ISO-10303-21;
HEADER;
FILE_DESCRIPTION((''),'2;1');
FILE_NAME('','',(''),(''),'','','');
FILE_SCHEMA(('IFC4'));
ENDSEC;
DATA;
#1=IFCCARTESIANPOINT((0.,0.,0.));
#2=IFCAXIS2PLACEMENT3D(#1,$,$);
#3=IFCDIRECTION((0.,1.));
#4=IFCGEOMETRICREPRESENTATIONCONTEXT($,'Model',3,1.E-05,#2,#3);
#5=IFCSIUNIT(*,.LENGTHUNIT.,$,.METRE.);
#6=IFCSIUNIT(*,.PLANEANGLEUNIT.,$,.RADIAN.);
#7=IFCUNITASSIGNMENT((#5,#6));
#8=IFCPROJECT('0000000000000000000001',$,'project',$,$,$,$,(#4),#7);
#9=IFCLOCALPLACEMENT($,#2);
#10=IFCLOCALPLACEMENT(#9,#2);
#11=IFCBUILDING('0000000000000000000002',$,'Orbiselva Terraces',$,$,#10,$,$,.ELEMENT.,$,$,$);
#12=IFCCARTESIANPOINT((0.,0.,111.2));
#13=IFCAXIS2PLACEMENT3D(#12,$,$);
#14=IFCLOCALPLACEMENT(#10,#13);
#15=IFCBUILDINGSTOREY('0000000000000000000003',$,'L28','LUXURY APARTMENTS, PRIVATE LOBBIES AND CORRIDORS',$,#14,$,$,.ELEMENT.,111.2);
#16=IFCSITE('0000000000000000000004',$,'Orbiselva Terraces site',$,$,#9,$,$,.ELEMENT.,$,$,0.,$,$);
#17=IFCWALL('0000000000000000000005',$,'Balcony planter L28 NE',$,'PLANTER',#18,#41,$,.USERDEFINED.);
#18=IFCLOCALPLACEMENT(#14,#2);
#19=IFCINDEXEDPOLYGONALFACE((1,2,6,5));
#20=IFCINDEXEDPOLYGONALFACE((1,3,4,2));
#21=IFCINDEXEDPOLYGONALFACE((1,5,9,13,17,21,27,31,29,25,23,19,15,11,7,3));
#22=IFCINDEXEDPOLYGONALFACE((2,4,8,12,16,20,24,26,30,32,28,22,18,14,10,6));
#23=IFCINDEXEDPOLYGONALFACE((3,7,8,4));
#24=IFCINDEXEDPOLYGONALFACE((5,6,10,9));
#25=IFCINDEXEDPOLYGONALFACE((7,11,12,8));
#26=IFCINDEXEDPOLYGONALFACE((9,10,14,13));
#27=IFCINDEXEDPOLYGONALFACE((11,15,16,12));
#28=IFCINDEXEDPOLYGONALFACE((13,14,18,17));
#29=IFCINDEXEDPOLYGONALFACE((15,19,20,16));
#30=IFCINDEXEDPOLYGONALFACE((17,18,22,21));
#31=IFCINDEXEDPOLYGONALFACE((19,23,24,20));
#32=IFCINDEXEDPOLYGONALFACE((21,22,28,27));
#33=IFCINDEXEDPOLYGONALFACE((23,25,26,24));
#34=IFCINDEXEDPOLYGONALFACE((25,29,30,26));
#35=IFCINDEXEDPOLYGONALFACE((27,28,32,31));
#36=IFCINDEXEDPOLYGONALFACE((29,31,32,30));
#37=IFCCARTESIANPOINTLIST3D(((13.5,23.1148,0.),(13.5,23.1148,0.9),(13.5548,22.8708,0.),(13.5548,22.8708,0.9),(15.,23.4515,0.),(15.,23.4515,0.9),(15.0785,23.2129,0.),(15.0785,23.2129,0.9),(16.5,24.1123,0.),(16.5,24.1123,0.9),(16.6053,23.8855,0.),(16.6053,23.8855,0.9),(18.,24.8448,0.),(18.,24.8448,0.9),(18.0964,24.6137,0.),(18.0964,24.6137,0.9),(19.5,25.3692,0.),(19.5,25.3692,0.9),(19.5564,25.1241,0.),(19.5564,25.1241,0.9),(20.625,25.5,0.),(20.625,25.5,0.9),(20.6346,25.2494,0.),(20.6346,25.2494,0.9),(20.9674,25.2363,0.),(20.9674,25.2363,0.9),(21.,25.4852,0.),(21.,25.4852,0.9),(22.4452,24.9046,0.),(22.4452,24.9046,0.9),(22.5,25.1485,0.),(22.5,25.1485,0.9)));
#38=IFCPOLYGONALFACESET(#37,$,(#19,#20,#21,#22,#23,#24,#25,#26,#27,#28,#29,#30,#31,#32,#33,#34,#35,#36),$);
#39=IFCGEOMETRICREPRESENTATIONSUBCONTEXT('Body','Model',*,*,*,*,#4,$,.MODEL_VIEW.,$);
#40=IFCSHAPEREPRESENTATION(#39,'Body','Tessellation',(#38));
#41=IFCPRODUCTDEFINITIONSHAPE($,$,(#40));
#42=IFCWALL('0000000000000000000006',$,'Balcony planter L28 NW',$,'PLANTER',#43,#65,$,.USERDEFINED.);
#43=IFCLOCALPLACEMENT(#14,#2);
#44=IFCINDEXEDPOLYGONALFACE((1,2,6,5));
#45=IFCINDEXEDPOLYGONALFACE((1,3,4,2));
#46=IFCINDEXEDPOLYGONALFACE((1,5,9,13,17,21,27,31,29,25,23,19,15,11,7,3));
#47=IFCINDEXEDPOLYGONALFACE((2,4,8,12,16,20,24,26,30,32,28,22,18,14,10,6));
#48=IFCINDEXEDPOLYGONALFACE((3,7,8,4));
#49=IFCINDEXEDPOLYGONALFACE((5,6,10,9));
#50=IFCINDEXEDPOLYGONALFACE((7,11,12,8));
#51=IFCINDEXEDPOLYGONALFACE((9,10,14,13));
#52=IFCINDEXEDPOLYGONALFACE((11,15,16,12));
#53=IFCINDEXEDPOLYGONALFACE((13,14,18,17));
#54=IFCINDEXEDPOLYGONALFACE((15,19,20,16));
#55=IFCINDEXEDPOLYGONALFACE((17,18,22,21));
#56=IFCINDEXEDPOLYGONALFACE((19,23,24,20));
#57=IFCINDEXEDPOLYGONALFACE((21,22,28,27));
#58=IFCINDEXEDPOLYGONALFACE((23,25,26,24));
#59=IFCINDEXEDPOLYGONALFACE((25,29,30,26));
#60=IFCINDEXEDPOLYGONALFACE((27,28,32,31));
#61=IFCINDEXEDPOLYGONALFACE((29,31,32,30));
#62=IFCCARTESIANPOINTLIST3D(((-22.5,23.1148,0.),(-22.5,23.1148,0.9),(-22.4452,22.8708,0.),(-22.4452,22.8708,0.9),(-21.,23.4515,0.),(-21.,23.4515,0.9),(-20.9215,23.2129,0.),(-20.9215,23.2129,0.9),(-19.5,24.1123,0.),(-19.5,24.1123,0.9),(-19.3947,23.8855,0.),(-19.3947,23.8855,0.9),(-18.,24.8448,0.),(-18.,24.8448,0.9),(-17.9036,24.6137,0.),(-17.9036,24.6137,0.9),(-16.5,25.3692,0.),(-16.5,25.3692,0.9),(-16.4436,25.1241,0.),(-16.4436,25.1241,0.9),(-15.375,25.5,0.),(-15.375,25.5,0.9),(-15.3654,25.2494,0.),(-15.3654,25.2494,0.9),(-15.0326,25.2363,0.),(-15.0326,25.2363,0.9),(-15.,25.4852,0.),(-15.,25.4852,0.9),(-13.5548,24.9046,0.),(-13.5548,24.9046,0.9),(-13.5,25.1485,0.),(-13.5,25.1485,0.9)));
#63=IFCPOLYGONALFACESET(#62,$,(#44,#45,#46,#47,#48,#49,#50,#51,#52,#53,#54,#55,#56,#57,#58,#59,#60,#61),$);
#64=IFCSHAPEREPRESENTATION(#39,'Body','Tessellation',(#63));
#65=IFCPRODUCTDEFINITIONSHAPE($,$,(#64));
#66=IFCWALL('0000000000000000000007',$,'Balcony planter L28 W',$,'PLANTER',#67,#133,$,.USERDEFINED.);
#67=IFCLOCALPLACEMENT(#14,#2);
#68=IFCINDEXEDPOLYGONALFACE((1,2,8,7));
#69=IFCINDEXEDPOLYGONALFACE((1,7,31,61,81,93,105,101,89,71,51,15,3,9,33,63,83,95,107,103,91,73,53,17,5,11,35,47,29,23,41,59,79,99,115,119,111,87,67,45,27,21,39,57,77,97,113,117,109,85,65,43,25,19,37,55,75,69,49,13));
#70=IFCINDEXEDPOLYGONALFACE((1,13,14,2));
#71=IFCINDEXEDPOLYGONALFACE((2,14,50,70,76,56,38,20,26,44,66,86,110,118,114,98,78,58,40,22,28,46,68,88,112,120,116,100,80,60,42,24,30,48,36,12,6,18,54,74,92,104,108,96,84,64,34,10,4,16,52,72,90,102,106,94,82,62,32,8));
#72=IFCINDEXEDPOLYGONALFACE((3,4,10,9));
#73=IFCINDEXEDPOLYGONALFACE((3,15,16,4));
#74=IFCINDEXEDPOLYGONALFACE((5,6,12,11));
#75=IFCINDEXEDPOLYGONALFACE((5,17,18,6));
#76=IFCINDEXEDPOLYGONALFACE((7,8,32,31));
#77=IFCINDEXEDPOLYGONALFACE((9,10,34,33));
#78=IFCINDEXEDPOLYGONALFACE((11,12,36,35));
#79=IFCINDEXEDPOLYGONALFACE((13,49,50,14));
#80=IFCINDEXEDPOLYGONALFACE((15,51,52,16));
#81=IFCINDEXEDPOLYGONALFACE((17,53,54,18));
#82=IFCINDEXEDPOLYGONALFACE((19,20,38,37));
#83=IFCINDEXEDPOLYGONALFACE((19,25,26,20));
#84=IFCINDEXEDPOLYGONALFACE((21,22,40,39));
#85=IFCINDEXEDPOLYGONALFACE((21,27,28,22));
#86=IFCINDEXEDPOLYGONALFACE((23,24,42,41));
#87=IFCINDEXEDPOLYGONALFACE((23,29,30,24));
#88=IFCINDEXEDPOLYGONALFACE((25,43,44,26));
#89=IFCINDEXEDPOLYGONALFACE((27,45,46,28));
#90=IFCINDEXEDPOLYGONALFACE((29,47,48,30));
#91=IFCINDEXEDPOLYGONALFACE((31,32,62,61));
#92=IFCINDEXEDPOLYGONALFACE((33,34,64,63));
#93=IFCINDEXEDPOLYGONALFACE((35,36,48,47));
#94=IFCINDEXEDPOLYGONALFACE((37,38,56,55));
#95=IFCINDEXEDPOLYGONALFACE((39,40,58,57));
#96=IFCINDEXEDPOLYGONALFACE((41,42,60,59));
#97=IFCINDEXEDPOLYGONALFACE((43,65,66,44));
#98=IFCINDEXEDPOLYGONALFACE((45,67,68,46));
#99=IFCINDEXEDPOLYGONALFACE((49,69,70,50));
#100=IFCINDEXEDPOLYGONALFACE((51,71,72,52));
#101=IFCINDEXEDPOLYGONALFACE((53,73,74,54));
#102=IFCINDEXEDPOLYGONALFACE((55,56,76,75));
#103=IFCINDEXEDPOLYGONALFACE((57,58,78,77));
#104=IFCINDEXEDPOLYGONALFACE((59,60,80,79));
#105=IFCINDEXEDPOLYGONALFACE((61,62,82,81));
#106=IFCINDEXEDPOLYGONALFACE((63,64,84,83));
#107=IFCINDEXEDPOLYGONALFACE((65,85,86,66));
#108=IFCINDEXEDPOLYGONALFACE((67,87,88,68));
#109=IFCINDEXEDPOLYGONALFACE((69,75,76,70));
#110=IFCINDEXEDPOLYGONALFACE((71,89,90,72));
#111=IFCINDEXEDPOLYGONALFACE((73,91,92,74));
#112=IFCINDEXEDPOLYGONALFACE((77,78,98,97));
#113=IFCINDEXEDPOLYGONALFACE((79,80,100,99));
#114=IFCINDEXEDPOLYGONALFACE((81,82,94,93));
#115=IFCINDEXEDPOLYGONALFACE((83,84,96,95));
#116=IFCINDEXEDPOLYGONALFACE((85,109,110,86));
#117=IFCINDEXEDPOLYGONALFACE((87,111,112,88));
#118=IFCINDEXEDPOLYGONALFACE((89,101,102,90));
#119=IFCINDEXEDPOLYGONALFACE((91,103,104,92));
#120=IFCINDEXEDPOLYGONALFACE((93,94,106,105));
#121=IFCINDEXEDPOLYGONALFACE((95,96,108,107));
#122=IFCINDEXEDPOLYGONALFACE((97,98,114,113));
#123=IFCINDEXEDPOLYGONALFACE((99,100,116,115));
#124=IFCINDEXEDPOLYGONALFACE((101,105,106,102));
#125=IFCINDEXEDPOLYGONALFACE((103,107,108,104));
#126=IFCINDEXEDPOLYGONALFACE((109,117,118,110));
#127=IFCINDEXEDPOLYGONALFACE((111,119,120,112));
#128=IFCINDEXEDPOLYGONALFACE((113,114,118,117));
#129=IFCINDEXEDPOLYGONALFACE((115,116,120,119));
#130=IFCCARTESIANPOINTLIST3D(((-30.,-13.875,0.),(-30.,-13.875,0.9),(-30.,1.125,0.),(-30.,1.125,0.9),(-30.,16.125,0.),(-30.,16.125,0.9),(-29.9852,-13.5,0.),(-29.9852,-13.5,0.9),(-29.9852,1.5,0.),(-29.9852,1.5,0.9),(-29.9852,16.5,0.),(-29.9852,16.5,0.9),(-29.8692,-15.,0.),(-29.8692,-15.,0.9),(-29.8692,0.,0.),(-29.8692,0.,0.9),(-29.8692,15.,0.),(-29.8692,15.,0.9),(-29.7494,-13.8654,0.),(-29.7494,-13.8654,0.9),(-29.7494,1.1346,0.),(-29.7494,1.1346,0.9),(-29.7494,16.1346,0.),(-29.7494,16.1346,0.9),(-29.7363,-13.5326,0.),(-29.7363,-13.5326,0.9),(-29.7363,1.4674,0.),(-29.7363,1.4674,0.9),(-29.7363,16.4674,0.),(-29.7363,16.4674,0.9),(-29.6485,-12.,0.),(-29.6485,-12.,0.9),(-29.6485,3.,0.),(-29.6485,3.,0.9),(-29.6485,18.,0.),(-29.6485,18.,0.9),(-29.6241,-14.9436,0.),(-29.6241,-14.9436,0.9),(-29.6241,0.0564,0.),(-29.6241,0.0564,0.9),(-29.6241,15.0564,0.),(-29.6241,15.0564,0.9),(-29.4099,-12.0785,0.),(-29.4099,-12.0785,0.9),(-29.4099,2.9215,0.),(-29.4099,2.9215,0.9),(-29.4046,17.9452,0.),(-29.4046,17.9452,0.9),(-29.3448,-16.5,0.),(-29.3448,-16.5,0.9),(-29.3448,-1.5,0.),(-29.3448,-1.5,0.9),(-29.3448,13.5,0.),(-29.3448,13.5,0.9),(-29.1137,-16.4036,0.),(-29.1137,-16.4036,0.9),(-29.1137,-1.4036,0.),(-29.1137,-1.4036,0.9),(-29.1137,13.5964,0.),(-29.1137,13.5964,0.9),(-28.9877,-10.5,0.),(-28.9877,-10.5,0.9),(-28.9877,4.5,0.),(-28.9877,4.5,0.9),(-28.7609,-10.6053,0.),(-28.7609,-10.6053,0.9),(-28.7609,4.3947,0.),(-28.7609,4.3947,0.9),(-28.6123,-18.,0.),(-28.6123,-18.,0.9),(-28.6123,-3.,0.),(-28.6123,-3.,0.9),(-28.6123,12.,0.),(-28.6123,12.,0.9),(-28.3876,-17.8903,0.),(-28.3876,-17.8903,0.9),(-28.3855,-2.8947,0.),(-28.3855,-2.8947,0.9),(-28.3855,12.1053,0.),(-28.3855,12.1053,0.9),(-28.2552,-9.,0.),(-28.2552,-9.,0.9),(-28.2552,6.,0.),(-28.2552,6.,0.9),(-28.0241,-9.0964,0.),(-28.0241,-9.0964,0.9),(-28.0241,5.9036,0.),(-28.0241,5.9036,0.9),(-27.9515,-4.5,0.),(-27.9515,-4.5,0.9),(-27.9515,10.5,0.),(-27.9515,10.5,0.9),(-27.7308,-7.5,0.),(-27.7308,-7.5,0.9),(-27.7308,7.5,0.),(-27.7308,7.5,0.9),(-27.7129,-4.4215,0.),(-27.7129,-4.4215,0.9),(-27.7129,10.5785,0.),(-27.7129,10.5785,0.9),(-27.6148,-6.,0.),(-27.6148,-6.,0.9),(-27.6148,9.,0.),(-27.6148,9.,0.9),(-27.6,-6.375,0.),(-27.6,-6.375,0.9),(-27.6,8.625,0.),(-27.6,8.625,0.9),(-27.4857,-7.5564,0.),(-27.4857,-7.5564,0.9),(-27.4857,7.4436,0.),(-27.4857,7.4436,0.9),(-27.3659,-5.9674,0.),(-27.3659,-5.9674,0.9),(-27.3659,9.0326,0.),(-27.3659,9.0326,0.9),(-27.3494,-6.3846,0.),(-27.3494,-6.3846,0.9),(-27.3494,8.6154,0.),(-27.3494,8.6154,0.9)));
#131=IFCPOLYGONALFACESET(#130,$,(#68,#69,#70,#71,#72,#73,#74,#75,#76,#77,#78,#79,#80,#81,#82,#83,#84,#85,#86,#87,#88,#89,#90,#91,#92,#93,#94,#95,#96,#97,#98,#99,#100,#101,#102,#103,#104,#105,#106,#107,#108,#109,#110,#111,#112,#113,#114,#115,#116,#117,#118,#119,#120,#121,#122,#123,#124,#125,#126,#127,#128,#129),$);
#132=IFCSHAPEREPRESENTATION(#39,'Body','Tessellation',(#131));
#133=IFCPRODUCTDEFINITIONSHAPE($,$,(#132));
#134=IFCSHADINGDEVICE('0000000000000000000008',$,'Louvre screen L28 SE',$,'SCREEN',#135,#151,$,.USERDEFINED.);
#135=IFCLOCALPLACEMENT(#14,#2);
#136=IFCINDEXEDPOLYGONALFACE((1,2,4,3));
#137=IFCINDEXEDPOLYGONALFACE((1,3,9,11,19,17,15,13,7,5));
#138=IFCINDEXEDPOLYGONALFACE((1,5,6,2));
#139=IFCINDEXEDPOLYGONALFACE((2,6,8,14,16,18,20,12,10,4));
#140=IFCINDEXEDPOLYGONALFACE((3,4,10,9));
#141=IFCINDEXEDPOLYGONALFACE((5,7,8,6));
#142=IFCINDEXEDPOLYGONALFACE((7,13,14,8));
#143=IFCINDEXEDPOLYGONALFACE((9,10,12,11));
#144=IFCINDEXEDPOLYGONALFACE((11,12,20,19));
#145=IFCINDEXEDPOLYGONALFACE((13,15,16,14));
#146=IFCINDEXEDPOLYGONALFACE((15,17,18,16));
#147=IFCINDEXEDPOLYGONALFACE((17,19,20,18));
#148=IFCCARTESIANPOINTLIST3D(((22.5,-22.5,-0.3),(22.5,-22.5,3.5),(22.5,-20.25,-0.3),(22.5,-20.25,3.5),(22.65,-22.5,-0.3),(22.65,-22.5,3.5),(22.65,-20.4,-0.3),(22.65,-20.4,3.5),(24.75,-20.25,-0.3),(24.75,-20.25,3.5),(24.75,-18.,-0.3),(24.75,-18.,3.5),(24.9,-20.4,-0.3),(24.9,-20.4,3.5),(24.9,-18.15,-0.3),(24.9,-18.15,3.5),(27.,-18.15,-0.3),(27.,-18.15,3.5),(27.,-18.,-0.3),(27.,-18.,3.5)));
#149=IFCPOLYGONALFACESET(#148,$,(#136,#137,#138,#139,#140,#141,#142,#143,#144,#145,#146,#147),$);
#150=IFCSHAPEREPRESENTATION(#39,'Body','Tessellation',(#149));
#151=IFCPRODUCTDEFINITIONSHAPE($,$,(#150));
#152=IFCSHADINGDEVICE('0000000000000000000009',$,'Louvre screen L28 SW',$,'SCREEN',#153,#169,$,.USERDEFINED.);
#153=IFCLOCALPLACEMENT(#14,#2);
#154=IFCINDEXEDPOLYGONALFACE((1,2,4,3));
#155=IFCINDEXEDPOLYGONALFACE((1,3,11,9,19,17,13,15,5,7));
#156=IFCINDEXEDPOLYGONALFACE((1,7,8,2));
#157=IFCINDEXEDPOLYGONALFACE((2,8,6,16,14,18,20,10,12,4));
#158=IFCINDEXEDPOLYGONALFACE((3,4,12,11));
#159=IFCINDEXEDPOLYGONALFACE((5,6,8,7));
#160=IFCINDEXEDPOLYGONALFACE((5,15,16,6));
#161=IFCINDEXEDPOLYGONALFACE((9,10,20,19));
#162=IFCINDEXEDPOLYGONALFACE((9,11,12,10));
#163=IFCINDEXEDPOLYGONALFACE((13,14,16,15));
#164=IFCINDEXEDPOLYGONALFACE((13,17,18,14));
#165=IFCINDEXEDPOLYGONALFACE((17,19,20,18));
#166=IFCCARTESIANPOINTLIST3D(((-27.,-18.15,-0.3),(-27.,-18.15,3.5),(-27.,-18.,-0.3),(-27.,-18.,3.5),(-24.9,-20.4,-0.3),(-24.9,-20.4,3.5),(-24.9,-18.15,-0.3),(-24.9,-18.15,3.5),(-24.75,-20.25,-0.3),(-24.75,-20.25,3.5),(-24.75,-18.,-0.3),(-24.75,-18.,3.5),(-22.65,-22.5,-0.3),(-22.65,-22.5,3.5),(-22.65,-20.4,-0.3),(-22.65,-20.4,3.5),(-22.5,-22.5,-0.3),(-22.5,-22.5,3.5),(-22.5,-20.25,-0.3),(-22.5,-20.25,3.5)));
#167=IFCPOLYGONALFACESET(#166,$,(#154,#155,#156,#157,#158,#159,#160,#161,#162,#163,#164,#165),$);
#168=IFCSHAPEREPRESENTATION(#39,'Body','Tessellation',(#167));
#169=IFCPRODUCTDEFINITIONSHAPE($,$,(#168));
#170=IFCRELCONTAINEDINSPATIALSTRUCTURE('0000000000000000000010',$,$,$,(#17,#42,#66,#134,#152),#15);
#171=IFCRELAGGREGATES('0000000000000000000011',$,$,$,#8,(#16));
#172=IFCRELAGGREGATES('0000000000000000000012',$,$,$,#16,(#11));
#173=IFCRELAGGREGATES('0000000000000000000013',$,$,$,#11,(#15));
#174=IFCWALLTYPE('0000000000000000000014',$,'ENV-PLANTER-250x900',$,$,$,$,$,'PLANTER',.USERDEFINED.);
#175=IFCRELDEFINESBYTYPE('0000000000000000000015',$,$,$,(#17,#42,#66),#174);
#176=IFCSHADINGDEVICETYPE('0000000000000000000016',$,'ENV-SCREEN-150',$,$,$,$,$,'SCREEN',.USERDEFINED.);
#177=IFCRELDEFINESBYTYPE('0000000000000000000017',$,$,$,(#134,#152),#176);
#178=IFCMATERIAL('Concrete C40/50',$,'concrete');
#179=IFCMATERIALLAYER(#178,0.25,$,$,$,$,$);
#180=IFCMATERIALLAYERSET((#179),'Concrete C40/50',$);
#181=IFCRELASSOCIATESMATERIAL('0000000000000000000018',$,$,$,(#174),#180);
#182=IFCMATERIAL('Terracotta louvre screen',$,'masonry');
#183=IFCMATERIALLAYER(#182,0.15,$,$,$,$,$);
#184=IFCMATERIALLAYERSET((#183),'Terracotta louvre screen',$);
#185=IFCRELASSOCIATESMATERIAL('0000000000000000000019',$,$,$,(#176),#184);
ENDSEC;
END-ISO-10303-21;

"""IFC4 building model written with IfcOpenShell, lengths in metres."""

from ifc_helpers import new_model, si_unit, direction, frame, origin, place, context, subcontext, project, spatial, polyline, outline, extrude, material, layer, layer_set, type_object, element, save


model = new_model("IFC4")

# Units and contexts
model_context = context("Model", 3, precision=1e-05, world=origin(), true_north=direction((0.0, 1.0)))
body_context = subcontext(model_context, "Body", "Model", "MODEL_VIEW")
ifc_project = project(units=[si_unit("LENGTHUNIT", "METRE"), si_unit("PLANEANGLEUNIT", "RADIAN")], contexts=[model_context])

# Site, building, storey
site_placement = place(None, origin())
site = spatial("IfcSite", under=ifc_project, at=site_placement, Name="Orbiselva Terraces site", CompositionType="ELEMENT", RefElevation=0.0)
building_placement = place(site_placement, origin())
building = spatial("IfcBuilding", under=site, at=building_placement, Name="Orbiselva Terraces", CompositionType="ELEMENT")
storey_placement = place(building_placement, frame((0.0, 0.0, 111.2)))
storey = spatial("IfcBuildingStorey", under=building, at=storey_placement, Name="L28", Description="LUXURY APARTMENTS, PRIVATE LOBBIES AND CORRIDORS", CompositionType="ELEMENT", Elevation=111.2)

# Shared definitions
ifc_material_1 = material(Name="Concrete C40/50", Category="concrete")

# Walls
ifc_layer_1 = layer(ifc_material_1, 0.25)
ifc_layer_set_1 = layer_set([ifc_layer_1], Name="Concrete C40/50")
wall_type = type_object("IfcWallType", Name="ENV-PLANTER-250x900", ElementType="PLANTER", PredefinedType="USERDEFINED", material=ifc_layer_set_1)
wall_1_placement = place(storey_placement, origin())
element("IfcWall", 1, at=wall_1_placement, inside=storey, type_object=wall_type, Name="Balcony planter L28 NE", ObjectType="PLANTER", PredefinedType="USERDEFINED", context=body_context, shape_type="SweptSolid", body=[
    extrude(outline(polyline([(22.5, 25.1485), (21.0, 25.4852), (20.625, 25.5), (19.5, 25.3692), (18.0, 24.8448), (16.5, 24.1123), (15.0, 23.4515), (13.5, 23.1148), (13.5548, 22.8708), (15.0785, 23.2129), (16.6053, 23.8855), (18.0964, 24.6137), (19.5564, 25.1241), (20.6346, 25.2494), (20.9674, 25.2363), (22.4452, 24.9046), (22.5, 25.1485)])), origin(), (0.0, 0.0, 1.0), 0.9),
])
wall_2_placement = place(storey_placement, origin())
element("IfcWall", 2, at=wall_2_placement, inside=storey, type_object=wall_type, Name="Balcony planter L28 NW", ObjectType="PLANTER", PredefinedType="USERDEFINED", context=body_context, shape_type="SweptSolid", body=[
    extrude(outline(polyline([(-13.5, 25.1485), (-15.0, 25.4852), (-15.375, 25.5), (-16.5, 25.3692), (-18.0, 24.8448), (-19.5, 24.1123), (-21.0, 23.4515), (-22.5, 23.1148), (-22.4452, 22.8708), (-20.9215, 23.2129), (-19.3947, 23.8855), (-17.9036, 24.6137), (-16.4436, 25.1241), (-15.3654, 25.2494), (-15.0326, 25.2363), (-13.5548, 24.9046), (-13.5, 25.1485)])), origin(), (0.0, 0.0, 1.0), 0.9),
])
wall_3_placement = place(storey_placement, origin())
element("IfcWall", 3, at=wall_3_placement, inside=storey, type_object=wall_type, Name="Balcony planter L28 W", ObjectType="PLANTER", PredefinedType="USERDEFINED", context=body_context, shape_type="SweptSolid", body=[
    extrude(outline(polyline([(-29.6485, 18.0), (-29.9852, 16.5), (-30.0, 16.125), (-29.8692, 15.0), (-29.3448, 13.5), (-28.6123, 12.0), (-27.9515, 10.5), (-27.6148, 9.0), (-27.6, 8.625), (-27.7308, 7.5), (-28.2552, 6.0), (-28.9877, 4.5), (-29.6485, 3.0), (-29.9852, 1.5), (-30.0, 1.125), (-29.8692, 0.0), (-29.3448, -1.5), (-28.6123, -3.0), (-27.9515, -4.5), (-27.6148, -6.0), (-27.6, -6.375), (-27.7308, -7.5), (-28.2552, -9.0), (-28.9877, -10.5), (-29.6485, -12.0), (-29.9852, -13.5), (-30.0, -13.875), (-29.8692, -15.0), (-29.3448, -16.5), (-28.6123, -18.0), (-28.3876, -17.8903), (-29.1137, -16.4036), (-29.6241, -14.9436), (-29.7494, -13.8654), (-29.7363, -13.5326), (-29.4099, -12.0785), (-28.7609, -10.6053), (-28.0241, -9.0964), (-27.4857, -7.5564), (-27.3494, -6.3846), (-27.3659, -5.9674), (-27.7129, -4.4215), (-28.3855, -2.8947), (-29.1137, -1.4036), (-29.6241, 0.0564), (-29.7494, 1.1346), (-29.7363, 1.4674), (-29.4099, 2.9215), (-28.7609, 4.3947), (-28.0241, 5.9036), (-27.4857, 7.4436), (-27.3494, 8.6154), (-27.3659, 9.0326), (-27.7129, 10.5785), (-28.3855, 12.1053), (-29.1137, 13.5964), (-29.6241, 15.0564), (-29.7494, 16.1346), (-29.7363, 16.4674), (-29.4046, 17.9452), (-29.6485, 18.0)])), origin(), (0.0, 0.0, 1.0), 0.9),
])

# Shading devices
ifc_material_2 = material(Name="Terracotta louvre screen", Category="masonry")
ifc_layer_2 = layer(ifc_material_2, 0.15)
ifc_layer_set_2 = layer_set([ifc_layer_2], Name="Terracotta louvre screen")
shading_device_type = type_object("IfcShadingDeviceType", Name="ENV-SCREEN-150", ElementType="SCREEN", PredefinedType="USERDEFINED", material=ifc_layer_set_2)
shading_device_1_placement = place(storey_placement, frame((0.0, 0.0, -0.3)))
element("IfcShadingDevice", 4, at=shading_device_1_placement, inside=storey, type_object=shading_device_type, Name="Louvre screen L28 SE", ObjectType="SCREEN", PredefinedType="USERDEFINED", context=body_context, shape_type="SweptSolid", body=[
    extrude(outline(polyline([(22.65, -22.5), (22.65, -20.4), (24.9, -20.4), (24.9, -18.15), (27.0, -18.15), (27.0, -18.0), (24.75, -18.0), (24.75, -20.25), (22.5, -20.25), (22.5, -22.5), (22.65, -22.5)])), origin(), (0.0, 0.0, 1.0), 3.8),
])
shading_device_2_placement = place(storey_placement, frame((0.0, 0.0, -0.3)))
element("IfcShadingDevice", 5, at=shading_device_2_placement, inside=storey, type_object=shading_device_type, Name="Louvre screen L28 SW", ObjectType="SCREEN", PredefinedType="USERDEFINED", context=body_context, shape_type="SweptSolid", body=[
    extrude(outline(polyline([(-27.0, -18.15), (-24.9, -18.15), (-24.9, -20.4), (-22.65, -20.4), (-22.65, -22.5), (-22.5, -22.5), (-22.5, -20.25), (-24.75, -20.25), (-24.75, -18.0), (-27.0, -18.0), (-27.0, -18.15)])), origin(), (0.0, 0.0, 1.0), 3.8),
])

save(model, "model.ifc")
